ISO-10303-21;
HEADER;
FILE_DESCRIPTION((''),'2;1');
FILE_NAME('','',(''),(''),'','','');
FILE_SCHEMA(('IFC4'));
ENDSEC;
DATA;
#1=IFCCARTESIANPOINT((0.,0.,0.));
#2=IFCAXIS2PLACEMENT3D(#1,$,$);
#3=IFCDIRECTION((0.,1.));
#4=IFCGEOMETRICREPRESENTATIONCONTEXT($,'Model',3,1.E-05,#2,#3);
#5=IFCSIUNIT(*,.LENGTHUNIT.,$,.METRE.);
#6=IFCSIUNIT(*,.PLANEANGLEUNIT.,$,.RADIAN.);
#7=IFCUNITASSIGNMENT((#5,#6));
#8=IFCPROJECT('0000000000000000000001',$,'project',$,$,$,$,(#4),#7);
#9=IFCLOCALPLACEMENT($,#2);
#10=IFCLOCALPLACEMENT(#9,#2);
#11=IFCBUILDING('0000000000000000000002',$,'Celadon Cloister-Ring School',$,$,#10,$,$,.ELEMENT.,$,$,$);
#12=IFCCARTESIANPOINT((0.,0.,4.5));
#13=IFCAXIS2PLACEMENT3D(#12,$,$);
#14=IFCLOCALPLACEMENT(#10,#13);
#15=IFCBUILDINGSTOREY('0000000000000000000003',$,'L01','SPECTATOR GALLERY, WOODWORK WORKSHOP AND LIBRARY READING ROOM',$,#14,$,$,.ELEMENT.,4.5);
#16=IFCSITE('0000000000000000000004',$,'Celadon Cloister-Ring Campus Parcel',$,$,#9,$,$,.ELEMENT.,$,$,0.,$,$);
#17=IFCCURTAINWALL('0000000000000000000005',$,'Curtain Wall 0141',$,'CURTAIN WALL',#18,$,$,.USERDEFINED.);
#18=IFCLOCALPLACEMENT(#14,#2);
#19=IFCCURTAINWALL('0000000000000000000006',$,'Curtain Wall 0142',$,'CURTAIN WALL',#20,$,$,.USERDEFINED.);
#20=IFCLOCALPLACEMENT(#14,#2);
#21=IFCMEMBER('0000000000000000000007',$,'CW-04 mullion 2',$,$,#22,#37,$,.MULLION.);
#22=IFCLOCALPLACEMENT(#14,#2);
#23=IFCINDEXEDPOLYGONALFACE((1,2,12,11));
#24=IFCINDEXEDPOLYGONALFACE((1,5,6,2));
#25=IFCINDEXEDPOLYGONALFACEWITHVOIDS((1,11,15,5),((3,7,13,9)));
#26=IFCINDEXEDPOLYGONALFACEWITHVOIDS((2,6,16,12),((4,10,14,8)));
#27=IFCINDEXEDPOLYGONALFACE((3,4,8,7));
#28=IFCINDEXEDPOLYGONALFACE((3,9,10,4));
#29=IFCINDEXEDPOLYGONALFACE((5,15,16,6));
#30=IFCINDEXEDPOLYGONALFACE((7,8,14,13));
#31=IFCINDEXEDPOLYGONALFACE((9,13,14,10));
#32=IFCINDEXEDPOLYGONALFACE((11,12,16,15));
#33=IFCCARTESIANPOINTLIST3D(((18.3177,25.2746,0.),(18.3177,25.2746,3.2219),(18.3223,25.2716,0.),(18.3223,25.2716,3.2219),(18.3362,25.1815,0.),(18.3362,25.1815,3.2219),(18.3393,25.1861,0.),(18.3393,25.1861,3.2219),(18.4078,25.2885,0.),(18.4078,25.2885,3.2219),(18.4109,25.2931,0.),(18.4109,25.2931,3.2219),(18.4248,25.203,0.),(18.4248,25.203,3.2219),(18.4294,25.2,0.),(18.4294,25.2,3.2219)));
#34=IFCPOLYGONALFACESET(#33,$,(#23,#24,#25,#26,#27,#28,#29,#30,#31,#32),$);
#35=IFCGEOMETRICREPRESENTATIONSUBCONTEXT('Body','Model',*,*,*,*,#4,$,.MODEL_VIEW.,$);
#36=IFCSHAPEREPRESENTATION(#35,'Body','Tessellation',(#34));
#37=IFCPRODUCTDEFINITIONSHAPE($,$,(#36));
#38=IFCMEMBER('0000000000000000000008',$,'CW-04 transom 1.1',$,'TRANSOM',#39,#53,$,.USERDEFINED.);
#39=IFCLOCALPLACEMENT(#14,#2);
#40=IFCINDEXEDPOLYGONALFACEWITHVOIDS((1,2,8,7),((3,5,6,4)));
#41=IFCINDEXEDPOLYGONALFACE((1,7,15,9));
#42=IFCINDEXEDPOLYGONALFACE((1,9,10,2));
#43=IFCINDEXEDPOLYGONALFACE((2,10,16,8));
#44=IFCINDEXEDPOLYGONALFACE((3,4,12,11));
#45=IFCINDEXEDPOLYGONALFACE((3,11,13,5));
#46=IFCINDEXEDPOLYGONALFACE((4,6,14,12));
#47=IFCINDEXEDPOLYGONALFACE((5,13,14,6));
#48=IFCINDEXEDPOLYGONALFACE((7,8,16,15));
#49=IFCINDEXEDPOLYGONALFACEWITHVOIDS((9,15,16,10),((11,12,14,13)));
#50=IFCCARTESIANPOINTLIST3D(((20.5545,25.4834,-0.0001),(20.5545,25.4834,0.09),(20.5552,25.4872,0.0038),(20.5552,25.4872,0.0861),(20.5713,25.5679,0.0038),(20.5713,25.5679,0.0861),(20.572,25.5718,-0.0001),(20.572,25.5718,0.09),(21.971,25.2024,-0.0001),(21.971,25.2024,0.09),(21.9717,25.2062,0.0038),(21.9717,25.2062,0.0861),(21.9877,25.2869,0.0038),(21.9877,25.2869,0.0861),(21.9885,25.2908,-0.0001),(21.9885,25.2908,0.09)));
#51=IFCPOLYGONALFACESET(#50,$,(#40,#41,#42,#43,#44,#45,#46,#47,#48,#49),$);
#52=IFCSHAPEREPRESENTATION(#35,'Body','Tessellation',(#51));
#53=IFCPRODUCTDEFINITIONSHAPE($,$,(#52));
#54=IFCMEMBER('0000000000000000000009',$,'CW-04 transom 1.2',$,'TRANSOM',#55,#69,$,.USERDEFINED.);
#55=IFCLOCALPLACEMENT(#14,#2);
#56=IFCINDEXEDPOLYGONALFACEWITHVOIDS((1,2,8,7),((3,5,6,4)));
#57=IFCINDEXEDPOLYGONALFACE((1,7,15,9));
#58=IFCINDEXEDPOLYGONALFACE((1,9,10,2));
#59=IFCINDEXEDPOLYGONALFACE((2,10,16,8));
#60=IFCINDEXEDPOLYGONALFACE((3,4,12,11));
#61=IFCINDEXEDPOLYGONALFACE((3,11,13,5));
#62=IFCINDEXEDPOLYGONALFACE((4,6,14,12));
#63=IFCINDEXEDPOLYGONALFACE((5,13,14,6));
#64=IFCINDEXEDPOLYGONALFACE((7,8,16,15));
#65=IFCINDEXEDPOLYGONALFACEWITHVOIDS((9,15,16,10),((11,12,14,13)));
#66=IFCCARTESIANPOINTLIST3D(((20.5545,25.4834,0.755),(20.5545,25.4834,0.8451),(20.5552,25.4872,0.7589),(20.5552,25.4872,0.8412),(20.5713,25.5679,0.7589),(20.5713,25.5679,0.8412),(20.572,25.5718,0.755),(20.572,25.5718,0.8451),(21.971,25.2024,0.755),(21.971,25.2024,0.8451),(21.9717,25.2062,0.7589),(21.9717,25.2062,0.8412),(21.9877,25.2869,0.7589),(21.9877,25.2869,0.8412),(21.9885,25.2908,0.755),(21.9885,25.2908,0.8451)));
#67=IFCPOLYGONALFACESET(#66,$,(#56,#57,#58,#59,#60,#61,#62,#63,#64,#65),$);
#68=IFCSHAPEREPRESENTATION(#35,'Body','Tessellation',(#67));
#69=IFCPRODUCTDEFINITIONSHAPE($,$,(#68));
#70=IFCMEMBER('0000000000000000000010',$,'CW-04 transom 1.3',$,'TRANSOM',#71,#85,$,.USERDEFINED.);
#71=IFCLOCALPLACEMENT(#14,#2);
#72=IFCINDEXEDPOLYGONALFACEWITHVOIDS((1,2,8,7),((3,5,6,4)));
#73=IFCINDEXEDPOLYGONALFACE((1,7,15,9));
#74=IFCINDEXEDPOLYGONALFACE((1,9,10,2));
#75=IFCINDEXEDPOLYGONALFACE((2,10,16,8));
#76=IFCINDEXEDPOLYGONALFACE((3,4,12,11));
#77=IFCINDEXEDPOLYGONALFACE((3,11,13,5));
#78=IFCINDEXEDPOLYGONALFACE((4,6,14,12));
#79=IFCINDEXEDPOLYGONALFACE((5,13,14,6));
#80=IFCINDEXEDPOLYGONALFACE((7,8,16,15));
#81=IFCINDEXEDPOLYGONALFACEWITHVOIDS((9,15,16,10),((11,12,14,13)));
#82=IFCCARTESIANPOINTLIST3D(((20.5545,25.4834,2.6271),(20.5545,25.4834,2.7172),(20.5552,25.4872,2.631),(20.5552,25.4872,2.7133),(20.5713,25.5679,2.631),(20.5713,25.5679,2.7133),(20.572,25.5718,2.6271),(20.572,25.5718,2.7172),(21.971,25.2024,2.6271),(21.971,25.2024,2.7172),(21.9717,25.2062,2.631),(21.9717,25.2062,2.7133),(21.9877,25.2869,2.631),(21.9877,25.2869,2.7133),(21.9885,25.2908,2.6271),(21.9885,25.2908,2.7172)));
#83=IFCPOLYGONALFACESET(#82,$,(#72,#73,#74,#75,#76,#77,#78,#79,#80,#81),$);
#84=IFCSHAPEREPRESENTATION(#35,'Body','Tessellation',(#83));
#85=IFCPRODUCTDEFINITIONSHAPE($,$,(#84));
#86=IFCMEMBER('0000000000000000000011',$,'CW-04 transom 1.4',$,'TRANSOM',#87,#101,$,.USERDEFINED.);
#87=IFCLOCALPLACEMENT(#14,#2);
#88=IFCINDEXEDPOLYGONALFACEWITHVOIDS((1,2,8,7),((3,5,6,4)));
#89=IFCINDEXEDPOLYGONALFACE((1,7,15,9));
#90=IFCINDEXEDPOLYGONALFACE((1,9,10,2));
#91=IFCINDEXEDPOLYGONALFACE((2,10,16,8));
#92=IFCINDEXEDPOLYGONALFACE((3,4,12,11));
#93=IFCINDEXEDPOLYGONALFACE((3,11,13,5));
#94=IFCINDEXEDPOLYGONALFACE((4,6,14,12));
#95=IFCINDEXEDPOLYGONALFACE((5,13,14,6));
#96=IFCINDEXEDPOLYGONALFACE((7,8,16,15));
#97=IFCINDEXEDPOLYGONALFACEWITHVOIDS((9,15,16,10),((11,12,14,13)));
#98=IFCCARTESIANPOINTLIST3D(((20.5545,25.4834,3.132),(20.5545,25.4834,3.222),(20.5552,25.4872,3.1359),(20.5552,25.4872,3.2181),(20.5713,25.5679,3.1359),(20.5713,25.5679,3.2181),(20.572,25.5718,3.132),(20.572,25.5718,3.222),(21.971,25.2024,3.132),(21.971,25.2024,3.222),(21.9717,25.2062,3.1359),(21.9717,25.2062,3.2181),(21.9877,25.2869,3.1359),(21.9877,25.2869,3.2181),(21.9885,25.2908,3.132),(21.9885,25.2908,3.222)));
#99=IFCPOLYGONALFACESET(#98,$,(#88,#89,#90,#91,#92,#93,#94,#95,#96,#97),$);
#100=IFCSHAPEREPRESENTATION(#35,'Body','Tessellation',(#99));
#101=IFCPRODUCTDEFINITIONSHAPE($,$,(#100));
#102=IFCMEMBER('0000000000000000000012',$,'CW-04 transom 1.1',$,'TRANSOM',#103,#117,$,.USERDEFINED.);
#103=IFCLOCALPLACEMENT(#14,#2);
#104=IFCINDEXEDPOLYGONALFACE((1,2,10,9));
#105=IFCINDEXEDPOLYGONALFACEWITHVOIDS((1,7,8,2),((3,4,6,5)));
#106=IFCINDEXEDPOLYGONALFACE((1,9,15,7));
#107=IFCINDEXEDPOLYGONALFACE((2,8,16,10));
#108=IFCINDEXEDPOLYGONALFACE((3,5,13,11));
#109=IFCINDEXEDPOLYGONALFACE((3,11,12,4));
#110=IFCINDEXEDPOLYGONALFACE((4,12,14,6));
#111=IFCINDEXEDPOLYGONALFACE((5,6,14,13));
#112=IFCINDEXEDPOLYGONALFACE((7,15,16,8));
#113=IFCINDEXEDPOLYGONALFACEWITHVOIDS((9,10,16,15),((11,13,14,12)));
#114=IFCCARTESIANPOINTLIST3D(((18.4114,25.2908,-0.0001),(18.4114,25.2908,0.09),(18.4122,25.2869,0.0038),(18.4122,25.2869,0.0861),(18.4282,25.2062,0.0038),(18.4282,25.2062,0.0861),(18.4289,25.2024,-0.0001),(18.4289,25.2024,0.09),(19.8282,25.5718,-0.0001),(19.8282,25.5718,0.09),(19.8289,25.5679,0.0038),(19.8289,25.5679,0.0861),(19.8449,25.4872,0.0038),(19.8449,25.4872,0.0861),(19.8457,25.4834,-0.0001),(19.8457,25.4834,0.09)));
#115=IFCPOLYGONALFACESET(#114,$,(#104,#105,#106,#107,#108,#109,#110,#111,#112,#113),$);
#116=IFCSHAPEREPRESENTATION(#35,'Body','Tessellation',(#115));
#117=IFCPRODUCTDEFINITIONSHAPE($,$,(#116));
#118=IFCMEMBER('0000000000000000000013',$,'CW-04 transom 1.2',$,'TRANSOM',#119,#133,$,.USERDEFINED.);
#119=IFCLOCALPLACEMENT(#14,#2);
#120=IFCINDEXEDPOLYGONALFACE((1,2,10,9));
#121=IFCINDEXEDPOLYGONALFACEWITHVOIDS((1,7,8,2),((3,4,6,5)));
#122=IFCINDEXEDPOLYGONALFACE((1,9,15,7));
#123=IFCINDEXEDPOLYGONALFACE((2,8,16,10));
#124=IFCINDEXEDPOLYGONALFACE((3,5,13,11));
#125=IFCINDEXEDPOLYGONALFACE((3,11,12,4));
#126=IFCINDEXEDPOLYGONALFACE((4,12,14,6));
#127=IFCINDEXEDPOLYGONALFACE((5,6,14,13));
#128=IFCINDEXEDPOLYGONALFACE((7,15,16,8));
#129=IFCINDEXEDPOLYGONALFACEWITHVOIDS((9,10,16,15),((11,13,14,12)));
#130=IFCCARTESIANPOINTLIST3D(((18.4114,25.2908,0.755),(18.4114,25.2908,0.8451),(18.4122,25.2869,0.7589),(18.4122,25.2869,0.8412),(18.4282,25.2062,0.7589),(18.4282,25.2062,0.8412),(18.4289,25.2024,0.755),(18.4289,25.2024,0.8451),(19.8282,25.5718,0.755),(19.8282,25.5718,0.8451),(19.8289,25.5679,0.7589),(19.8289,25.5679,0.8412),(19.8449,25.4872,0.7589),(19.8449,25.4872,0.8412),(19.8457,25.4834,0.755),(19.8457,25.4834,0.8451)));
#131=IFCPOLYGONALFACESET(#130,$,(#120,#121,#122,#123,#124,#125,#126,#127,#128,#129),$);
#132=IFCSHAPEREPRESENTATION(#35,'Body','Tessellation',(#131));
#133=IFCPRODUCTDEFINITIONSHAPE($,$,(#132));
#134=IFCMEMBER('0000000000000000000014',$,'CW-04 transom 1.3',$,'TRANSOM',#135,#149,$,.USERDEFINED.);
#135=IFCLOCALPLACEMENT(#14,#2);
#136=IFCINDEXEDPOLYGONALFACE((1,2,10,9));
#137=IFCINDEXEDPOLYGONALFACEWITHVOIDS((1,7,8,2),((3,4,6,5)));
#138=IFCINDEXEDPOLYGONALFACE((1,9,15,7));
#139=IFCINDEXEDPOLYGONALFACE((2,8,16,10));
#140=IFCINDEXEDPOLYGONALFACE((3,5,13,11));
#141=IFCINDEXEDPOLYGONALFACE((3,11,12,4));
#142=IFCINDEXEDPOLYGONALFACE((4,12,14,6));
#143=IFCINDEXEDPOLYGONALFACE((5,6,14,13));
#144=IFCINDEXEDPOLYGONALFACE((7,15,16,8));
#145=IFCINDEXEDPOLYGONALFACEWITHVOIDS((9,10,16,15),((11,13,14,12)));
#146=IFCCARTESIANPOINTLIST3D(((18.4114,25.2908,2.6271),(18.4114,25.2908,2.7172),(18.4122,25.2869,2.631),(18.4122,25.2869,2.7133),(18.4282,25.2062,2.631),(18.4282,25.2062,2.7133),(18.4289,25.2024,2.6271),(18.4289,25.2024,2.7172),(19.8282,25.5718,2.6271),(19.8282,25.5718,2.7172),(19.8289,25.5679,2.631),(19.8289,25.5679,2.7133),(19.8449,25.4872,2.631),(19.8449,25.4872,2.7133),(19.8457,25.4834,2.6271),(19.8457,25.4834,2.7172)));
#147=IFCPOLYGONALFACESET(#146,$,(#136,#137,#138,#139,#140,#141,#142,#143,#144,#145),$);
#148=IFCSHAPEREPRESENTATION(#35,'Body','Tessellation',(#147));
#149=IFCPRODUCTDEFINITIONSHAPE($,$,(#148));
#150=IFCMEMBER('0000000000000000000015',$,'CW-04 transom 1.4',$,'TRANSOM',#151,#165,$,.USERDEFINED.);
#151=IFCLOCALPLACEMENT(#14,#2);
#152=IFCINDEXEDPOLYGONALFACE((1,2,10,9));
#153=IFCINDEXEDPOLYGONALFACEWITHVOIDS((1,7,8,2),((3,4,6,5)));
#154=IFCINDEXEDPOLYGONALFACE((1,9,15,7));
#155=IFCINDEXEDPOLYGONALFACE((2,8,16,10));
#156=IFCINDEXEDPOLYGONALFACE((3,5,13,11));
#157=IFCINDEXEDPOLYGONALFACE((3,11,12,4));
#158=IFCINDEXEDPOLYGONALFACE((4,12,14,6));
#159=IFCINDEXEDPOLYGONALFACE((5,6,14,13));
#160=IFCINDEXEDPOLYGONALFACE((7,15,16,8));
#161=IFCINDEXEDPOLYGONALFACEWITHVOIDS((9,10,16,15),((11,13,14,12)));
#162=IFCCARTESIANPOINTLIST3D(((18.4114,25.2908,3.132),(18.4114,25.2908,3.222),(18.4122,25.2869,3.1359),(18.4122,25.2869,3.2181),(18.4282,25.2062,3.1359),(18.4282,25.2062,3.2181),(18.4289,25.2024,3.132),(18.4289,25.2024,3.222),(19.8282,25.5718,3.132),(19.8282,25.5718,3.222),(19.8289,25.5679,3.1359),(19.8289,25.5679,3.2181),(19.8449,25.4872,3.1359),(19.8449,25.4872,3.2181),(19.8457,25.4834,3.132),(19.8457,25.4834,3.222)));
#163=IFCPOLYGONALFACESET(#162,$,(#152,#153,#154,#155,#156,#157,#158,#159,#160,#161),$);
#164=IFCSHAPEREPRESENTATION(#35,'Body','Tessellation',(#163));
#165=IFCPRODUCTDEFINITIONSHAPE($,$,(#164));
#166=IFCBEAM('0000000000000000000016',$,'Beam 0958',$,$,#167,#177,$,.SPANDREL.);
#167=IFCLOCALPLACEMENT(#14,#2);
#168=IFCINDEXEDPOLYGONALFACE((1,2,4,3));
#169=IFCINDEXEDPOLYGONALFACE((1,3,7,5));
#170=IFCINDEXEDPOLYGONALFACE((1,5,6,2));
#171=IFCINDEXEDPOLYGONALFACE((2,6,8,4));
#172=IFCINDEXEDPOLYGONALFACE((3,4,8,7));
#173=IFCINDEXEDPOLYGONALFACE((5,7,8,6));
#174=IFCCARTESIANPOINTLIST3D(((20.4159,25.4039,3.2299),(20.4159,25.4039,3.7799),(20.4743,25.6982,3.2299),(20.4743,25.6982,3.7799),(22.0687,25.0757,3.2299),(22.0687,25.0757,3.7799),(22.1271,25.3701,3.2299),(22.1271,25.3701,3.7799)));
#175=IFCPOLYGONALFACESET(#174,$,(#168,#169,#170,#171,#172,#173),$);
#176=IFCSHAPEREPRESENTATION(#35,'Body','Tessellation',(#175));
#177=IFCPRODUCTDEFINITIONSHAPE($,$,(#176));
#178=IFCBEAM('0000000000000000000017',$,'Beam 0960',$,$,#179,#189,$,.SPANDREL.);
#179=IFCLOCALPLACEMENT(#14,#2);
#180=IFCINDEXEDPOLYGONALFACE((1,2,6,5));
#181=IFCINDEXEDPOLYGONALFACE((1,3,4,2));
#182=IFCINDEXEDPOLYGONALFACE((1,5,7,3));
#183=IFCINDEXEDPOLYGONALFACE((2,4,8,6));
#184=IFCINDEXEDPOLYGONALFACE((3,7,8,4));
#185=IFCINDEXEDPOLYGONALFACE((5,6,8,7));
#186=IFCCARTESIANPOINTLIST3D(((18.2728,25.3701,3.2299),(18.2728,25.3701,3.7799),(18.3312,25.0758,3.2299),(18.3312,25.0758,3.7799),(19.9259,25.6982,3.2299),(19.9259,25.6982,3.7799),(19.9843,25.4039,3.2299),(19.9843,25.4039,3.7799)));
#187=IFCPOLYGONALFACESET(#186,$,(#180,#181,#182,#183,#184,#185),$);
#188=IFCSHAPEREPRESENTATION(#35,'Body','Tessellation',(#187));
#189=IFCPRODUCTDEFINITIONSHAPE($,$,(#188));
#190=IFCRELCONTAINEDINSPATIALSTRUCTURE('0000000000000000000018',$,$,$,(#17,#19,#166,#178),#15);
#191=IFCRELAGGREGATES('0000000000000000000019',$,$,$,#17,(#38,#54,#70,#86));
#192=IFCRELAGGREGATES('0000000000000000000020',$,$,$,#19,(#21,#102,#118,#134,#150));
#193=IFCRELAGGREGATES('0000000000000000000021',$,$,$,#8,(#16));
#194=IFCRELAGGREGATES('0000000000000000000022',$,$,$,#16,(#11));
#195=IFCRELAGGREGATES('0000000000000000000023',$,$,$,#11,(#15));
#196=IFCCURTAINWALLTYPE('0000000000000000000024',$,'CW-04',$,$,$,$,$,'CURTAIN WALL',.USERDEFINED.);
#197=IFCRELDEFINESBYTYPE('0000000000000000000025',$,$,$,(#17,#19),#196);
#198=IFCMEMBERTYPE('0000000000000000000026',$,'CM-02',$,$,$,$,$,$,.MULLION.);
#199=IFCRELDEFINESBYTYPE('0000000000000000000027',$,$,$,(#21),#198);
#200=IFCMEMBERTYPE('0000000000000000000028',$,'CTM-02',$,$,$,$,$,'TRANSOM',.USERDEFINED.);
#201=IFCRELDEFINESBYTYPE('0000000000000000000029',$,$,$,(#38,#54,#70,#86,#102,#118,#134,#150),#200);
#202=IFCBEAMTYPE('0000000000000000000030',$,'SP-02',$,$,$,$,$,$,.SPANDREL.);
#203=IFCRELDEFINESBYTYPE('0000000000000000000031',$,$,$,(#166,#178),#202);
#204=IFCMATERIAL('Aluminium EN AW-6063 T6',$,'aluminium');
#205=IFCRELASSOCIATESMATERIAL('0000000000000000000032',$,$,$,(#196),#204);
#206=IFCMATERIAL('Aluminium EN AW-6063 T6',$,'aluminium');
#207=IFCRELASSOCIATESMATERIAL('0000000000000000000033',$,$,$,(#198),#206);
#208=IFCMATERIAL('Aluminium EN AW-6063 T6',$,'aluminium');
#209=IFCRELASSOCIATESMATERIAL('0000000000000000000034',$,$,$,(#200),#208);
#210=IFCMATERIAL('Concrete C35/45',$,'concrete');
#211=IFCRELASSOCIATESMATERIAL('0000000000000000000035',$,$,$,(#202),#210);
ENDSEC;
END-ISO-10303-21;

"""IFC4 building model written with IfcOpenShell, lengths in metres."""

from ifc_helpers import new_model, si_unit, direction, frame, origin, origin_2d, place, context, subcontext, project, spatial, rectangle, hollow_rectangle, extrude, material, material_profile, profile_set, type_object, element, aggregate, save


model = new_model("IFC4")

# Units and contexts
model_context = context("Model", 3, precision=1e-05, world=origin(), true_north=direction((0.0, 1.0)))
body_context = subcontext(model_context, "Body", "Model", "MODEL_VIEW")
ifc_project = project(units=[si_unit("LENGTHUNIT", "METRE"), si_unit("PLANEANGLEUNIT", "RADIAN")], contexts=[model_context])

# Site, building, storey
site_placement = place(None, origin())
site = spatial("IfcSite", under=ifc_project, at=site_placement, Name="Celadon Cloister-Ring Campus Parcel", CompositionType="ELEMENT", RefElevation=0.0)
building_placement = place(site_placement, origin())
building = spatial("IfcBuilding", under=site, at=building_placement, Name="Celadon Cloister-Ring School", CompositionType="ELEMENT")
storey_placement = place(building_placement, frame((0.0, 0.0, 4.5)))
storey = spatial("IfcBuildingStorey", under=building, at=storey_placement, Name="L01", Description="SPECTATOR GALLERY, WOODWORK WORKSHOP AND LIBRARY READING ROOM", CompositionType="ELEMENT", Elevation=4.5)

# Curtain walls, member
ifc_material_1 = material(Name="Aluminium EN AW-6063 T6", Category="aluminium")
curtain_wall_type = type_object("IfcCurtainWallType", Name="CW-04", ElementType="CURTAIN WALL", PredefinedType="USERDEFINED", material=ifc_material_1)
curtain_wall_1_placement = place(storey_placement, origin())
curtain_wall_1 = element("IfcCurtainWall", 1, at=curtain_wall_1_placement, inside=storey, type_object=curtain_wall_type, Name="Curtain Wall 0141", ObjectType="CURTAIN WALL", PredefinedType="USERDEFINED")
ifc_material_2 = material(Name="Aluminium EN AW-6063 T6", Category="aluminium")
ifc_material_profile_1 = material_profile(ifc_material_2, hollow_rectangle(XDim=0.095, YDim=0.095, WallThickness=0.0039, at=origin_2d()), Name="RHS95X95X4")
ifc_profile_set_1 = profile_set([ifc_material_profile_1], Name="Aluminium EN AW-6063 T6")
member_type_1 = type_object("IfcMemberType", Name="CM-02", PredefinedType="MULLION", material=ifc_profile_set_1)
curtain_wall_2_placement = place(storey_placement, origin())
curtain_wall_2 = element("IfcCurtainWall", 2, at=curtain_wall_2_placement, inside=storey, type_object=curtain_wall_type, Name="Curtain Wall 0142", ObjectType="CURTAIN WALL", PredefinedType="USERDEFINED")
member_1_placement = place(storey_placement, frame((18.3735, 25.2373, 0.0), z_axis=(0.0, 0.0, 1.0), x_axis=(0.194586, -0.980885, 0.0)))
member_1 = element("IfcMember", 3, at=member_1_placement, type_object=member_type_1, Name="CW-04 mullion 2", PredefinedType="MULLION", context=body_context, shape_type="SweptSolid", body=[
    extrude(hollow_rectangle(XDim=0.095, YDim=0.095, WallThickness=0.0039, at=origin_2d()), origin(), (0.0, 0.0, 1.0), 3.2219),
])

# Members
ifc_material_3 = material(Name="Aluminium EN AW-6063 T6", Category="aluminium")
ifc_material_profile_2 = material_profile(ifc_material_3, hollow_rectangle(XDim=0.0901, YDim=0.0901, WallThickness=0.0039, at=origin_2d()), Name="RHS90X90X4")
ifc_profile_set_2 = profile_set([ifc_material_profile_2], Name="Aluminium EN AW-6063 T6")
member_type_2 = type_object("IfcMemberType", Name="CTM-02", ElementType="TRANSOM", PredefinedType="USERDEFINED", material=ifc_profile_set_2)
member_2_placement = place(storey_placement, frame((21.9797, 25.2466, 0.0449), z_axis=(-0.980885, 0.194588, 0.0), x_axis=(-0.194588, -0.980885, 0.0)))
member_2 = element("IfcMember", 4, at=member_2_placement, type_object=member_type_2, Name="CW-04 transom 1.1", ObjectType="TRANSOM", PredefinedType="USERDEFINED", context=body_context, shape_type="SweptSolid", body=[
    extrude(hollow_rectangle(XDim=0.0901, YDim=0.0901, WallThickness=0.0039, at=origin_2d()), origin(), (0.0, 0.0, 1.0), 1.4441),
])
member_3_placement = place(storey_placement, frame((21.9797, 25.2466, 0.8), z_axis=(-0.980885, 0.194588, 0.0), x_axis=(-0.194588, -0.980885, 0.0)))
member_3 = element("IfcMember", 5, at=member_3_placement, type_object=member_type_2, Name="CW-04 transom 1.2", ObjectType="TRANSOM", PredefinedType="USERDEFINED", context=body_context, shape_type="SweptSolid", body=[
    extrude(hollow_rectangle(XDim=0.0901, YDim=0.0901, WallThickness=0.0039, at=origin_2d()), origin(), (0.0, 0.0, 1.0), 1.4441),
])
member_4_placement = place(storey_placement, frame((21.9797, 25.2466, 2.6721), z_axis=(-0.980885, 0.194588, 0.0), x_axis=(-0.194588, -0.980885, 0.0)))
member_4 = element("IfcMember", 6, at=member_4_placement, type_object=member_type_2, Name="CW-04 transom 1.3", ObjectType="TRANSOM", PredefinedType="USERDEFINED", context=body_context, shape_type="SweptSolid", body=[
    extrude(hollow_rectangle(XDim=0.0901, YDim=0.0901, WallThickness=0.0039, at=origin_2d()), origin(), (0.0, 0.0, 1.0), 1.4441),
])
member_5_placement = place(storey_placement, frame((21.9797, 25.2466, 3.177), z_axis=(-0.980885, 0.194588, 0.0), x_axis=(-0.194588, -0.980885, 0.0)))
member_5 = element("IfcMember", 7, at=member_5_placement, type_object=member_type_2, Name="CW-04 transom 1.4", ObjectType="TRANSOM", PredefinedType="USERDEFINED", context=body_context, shape_type="SweptSolid", body=[
    extrude(hollow_rectangle(XDim=0.0901, YDim=0.0901, WallThickness=0.0039, at=origin_2d()), origin(), (0.0, 0.0, 1.0), 1.4441),
])
member_6_placement = place(storey_placement, frame((19.8369, 25.5276, 0.0449), z_axis=(-0.980891, -0.194556, 0.0), x_axis=(0.194556, -0.980891, 0.0)))
member_6 = element("IfcMember", 8, at=member_6_placement, type_object=member_type_2, Name="CW-04 transom 1.1", ObjectType="TRANSOM", PredefinedType="USERDEFINED", context=body_context, shape_type="SweptSolid", body=[
    extrude(hollow_rectangle(XDim=0.0901, YDim=0.0901, WallThickness=0.0039, at=origin_2d()), origin(), (0.0, 0.0, 1.0), 1.4443),
])
member_7_placement = place(storey_placement, frame((19.8369, 25.5276, 0.8), z_axis=(-0.980891, -0.194556, 0.0), x_axis=(0.194556, -0.980891, 0.0)))
member_7 = element("IfcMember", 9, at=member_7_placement, type_object=member_type_2, Name="CW-04 transom 1.2", ObjectType="TRANSOM", PredefinedType="USERDEFINED", context=body_context, shape_type="SweptSolid", body=[
    extrude(hollow_rectangle(XDim=0.0901, YDim=0.0901, WallThickness=0.0039, at=origin_2d()), origin(), (0.0, 0.0, 1.0), 1.4443),
])
member_8_placement = place(storey_placement, frame((19.8369, 25.5276, 2.6721), z_axis=(-0.980891, -0.194556, 0.0), x_axis=(0.194556, -0.980891, 0.0)))
member_8 = element("IfcMember", 10, at=member_8_placement, type_object=member_type_2, Name="CW-04 transom 1.3", ObjectType="TRANSOM", PredefinedType="USERDEFINED", context=body_context, shape_type="SweptSolid", body=[
    extrude(hollow_rectangle(XDim=0.0901, YDim=0.0901, WallThickness=0.0039, at=origin_2d()), origin(), (0.0, 0.0, 1.0), 1.4443),
])
member_9_placement = place(storey_placement, frame((19.8369, 25.5276, 3.177), z_axis=(-0.980891, -0.194556, 0.0), x_axis=(0.194556, -0.980891, 0.0)))
member_9 = element("IfcMember", 11, at=member_9_placement, type_object=member_type_2, Name="CW-04 transom 1.4", ObjectType="TRANSOM", PredefinedType="USERDEFINED", context=body_context, shape_type="SweptSolid", body=[
    extrude(hollow_rectangle(XDim=0.0901, YDim=0.0901, WallThickness=0.0039, at=origin_2d()), origin(), (0.0, 0.0, 1.0), 1.4443),
])

# Beams
ifc_material_4 = material(Name="Concrete C35/45", Category="concrete")
ifc_material_profile_3 = material_profile(ifc_material_4, rectangle(XDim=0.3, YDim=0.55, at=origin_2d()), Name="RC300X550")
ifc_profile_set_3 = profile_set([ifc_material_profile_3], Name="Concrete C35/45")
beam_type_1 = type_object("IfcBeamType", Name="SP-02", PredefinedType="SPANDREL", material=ifc_profile_set_3)
beam_1_placement = place(storey_placement, frame((22.0979, 25.2229, 3.5049), z_axis=(-0.980858, 0.194723, 0.0), x_axis=(-0.194723, -0.980858, 0.0)))
element("IfcBeam", 12, at=beam_1_placement, inside=storey, type_object=beam_type_1, Name="Beam 0958", PredefinedType="SPANDREL", context=body_context, shape_type="SweptSolid", body=[
    extrude(rectangle(XDim=0.3, YDim=0.55, at=origin_2d()), origin(), (0.0, 0.0, 1.0), 1.6851),
])
beam_2_placement = place(storey_placement, frame((19.9551, 25.551, 3.5049), z_axis=(-0.980864, -0.194695, 0.0), x_axis=(0.194695, -0.980864, 0.0)))
element("IfcBeam", 13, at=beam_2_placement, inside=storey, type_object=beam_type_1, Name="Beam 0960", PredefinedType="SPANDREL", context=body_context, shape_type="SweptSolid", body=[
    extrude(rectangle(XDim=0.3, YDim=0.55, at=origin_2d()), origin(), (0.0, 0.0, 1.0), 1.6853),
])

aggregate(curtain_wall_1, [member_2, member_3, member_4, member_5])
aggregate(curtain_wall_2, [member_1, member_6, member_7, member_8, member_9])

save(model, "model.ifc")
